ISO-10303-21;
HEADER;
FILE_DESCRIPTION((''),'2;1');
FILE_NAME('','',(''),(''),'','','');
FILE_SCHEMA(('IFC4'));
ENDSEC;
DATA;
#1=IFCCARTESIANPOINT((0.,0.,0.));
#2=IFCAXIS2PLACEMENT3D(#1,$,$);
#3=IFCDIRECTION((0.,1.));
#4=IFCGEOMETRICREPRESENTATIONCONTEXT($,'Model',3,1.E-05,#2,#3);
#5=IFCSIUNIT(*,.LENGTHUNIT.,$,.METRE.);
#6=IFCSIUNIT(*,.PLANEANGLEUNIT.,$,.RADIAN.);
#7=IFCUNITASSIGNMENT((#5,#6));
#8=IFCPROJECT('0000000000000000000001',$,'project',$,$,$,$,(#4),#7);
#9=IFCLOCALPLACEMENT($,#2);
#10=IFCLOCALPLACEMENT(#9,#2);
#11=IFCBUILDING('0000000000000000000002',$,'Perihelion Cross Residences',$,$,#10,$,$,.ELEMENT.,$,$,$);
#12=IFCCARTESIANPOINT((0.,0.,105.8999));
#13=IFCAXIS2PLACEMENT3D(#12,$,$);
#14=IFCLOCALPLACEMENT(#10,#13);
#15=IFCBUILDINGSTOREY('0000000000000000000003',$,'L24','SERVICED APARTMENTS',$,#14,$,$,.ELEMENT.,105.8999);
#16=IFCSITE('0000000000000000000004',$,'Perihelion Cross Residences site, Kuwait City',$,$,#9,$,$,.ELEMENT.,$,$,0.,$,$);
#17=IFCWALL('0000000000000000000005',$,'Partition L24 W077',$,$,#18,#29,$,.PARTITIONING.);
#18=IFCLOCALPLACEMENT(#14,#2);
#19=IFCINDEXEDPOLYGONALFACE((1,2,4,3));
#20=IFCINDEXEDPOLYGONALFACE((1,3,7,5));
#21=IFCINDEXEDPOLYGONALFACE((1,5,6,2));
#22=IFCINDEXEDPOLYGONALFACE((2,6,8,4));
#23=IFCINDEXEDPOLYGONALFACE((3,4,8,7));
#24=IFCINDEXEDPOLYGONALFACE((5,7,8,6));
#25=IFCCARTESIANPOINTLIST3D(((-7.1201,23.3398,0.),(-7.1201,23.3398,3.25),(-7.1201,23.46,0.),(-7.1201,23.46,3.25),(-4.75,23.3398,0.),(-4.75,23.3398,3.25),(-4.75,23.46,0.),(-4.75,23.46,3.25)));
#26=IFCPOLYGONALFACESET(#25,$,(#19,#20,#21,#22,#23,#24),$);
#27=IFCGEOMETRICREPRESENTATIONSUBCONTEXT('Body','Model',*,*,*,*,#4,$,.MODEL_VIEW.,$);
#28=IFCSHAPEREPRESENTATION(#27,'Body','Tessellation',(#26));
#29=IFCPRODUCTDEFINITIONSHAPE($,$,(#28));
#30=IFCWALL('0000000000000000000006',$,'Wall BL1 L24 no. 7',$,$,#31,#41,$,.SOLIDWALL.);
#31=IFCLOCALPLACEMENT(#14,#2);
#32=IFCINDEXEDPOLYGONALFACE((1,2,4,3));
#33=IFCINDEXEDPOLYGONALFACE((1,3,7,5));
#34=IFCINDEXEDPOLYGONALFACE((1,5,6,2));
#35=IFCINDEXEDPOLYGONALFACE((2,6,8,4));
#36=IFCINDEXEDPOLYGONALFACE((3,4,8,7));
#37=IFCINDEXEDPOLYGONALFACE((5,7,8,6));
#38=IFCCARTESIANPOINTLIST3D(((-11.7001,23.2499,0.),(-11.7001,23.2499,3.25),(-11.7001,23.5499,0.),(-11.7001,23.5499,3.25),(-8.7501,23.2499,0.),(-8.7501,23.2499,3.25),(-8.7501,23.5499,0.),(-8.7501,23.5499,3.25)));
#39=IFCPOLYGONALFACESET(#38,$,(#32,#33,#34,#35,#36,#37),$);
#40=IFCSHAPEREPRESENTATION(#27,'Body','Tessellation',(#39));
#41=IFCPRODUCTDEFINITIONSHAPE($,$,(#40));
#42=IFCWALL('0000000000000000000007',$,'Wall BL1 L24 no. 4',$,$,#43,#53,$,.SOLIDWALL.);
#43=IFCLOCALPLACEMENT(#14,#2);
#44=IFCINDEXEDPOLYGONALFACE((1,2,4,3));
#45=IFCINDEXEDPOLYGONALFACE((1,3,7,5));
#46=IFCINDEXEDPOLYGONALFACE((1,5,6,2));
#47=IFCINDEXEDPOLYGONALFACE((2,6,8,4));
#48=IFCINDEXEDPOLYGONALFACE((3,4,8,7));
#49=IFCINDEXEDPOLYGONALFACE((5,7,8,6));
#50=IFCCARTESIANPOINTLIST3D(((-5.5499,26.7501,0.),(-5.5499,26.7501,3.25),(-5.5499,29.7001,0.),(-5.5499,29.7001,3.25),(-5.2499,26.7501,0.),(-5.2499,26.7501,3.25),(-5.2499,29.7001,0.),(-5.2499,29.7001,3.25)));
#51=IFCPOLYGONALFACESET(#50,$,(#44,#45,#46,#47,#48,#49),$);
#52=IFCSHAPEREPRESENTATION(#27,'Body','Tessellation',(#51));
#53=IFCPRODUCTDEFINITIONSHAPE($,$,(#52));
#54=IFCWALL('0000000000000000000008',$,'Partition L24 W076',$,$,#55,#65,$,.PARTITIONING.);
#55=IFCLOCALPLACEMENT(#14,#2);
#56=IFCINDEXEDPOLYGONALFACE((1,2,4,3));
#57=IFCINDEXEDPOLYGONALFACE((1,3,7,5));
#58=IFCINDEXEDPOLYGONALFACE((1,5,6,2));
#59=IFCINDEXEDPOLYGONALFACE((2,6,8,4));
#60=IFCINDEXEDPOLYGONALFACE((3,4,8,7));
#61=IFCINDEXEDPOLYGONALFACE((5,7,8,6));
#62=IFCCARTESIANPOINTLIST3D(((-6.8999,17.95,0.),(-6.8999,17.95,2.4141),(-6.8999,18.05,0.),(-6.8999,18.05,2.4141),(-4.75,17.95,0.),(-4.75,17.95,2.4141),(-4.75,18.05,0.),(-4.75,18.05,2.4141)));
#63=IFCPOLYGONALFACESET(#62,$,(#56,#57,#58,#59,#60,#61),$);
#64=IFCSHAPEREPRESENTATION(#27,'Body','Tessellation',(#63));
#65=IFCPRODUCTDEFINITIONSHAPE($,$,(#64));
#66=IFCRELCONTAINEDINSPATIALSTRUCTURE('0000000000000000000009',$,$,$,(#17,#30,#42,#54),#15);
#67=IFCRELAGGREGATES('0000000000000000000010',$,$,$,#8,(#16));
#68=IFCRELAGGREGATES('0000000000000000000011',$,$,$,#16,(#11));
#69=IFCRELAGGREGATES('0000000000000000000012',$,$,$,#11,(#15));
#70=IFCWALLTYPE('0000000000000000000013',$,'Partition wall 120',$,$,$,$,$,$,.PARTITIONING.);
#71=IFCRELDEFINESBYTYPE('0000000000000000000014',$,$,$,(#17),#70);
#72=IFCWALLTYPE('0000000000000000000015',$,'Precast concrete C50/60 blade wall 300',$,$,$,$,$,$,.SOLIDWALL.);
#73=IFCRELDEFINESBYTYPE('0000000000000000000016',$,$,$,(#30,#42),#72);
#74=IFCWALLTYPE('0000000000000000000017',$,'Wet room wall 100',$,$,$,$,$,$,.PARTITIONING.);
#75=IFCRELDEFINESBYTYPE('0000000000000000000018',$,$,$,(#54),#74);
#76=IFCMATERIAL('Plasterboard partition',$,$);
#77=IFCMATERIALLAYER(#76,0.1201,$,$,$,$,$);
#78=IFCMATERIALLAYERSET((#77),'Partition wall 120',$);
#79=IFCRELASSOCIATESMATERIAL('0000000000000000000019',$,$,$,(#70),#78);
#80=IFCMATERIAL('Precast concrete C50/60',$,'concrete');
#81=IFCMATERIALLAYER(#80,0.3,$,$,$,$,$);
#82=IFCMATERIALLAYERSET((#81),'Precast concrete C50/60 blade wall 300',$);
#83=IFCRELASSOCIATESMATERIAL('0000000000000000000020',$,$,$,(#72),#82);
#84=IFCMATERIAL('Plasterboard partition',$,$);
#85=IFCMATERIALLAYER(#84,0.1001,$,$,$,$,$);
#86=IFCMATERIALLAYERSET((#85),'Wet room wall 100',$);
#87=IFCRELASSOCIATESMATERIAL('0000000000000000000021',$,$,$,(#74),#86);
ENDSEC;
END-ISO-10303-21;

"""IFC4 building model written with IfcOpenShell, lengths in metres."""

from ifc_helpers import new_model, si_unit, direction, frame, frame_2d, origin, place, context, subcontext, project, spatial, rectangle, extrude, material, layer, layer_set, type_object, element, save


model = new_model("IFC4")

# Units and contexts
model_context = context("Model", 3, precision=1e-05, world=origin(), true_north=direction((0.0, 1.0)))
body_context = subcontext(model_context, "Body", "Model", "MODEL_VIEW")
ifc_project = project(units=[si_unit("LENGTHUNIT", "METRE"), si_unit("PLANEANGLEUNIT", "RADIAN")], contexts=[model_context])

# Site, building, storey
site_placement = place(None, origin())
site = spatial("IfcSite", under=ifc_project, at=site_placement, Name="Perihelion Cross Residences site, Kuwait City", CompositionType="ELEMENT", RefElevation=0.0)
building_placement = place(site_placement, origin())
building = spatial("IfcBuilding", under=site, at=building_placement, Name="Perihelion Cross Residences", CompositionType="ELEMENT")
storey_placement = place(building_placement, frame((0.0, 0.0, 105.8999)))
storey = spatial("IfcBuildingStorey", under=building, at=storey_placement, Name="L24", Description="SERVICED APARTMENTS", CompositionType="ELEMENT", Elevation=105.8999)

# Shared definitions
ifc_material_1 = material(Name="Plasterboard partition")
ifc_layer_1 = layer(ifc_material_1, 0.1201)
ifc_layer_set_1 = layer_set([ifc_layer_1], Name="Partition wall 120")
wall_type_1 = type_object("IfcWallType", Name="Partition wall 120", PredefinedType="PARTITIONING", material=ifc_layer_set_1)

# Walls
wall_1_placement = place(storey_placement, frame((-7.1201, 23.3999, 0.0), z_axis=(0.0, 0.0, 1.0), x_axis=(1.0, 0.0, 0.0)))
element("IfcWall", 1, at=wall_1_placement, inside=storey, type_object=wall_type_1, Name="Partition L24 W077", PredefinedType="PARTITIONING", context=body_context, shape_type="SweptSolid", body=[
    extrude(rectangle(XDim=2.3701, YDim=0.1201, at=frame_2d((1.1851, 0.0))), origin(), (0.0, 0.0, 1.0), 3.25),
])
ifc_material_2 = material(Name="Precast concrete C50/60", Category="concrete")
ifc_layer_2 = layer(ifc_material_2, 0.3)
ifc_layer_set_2 = layer_set([ifc_layer_2], Name="Precast concrete C50/60 blade wall 300")
wall_type_2 = type_object("IfcWallType", Name="Precast concrete C50/60 blade wall 300", PredefinedType="SOLIDWALL", material=ifc_layer_set_2)
for number, where, z_axis, x_axis, name in (
    (2, (-8.75, 23.3999, 0.0), (0.0, 0.0, 1.0), (-1.0, 0.0, 0.0), "Wall BL1 L24 no. 7"),
    (3, (-5.3999, 26.75, 0.0), (0.0, 0.0, 1.0), (0.0, 1.0, 0.0), "Wall BL1 L24 no. 4"),
):
    element("IfcWall", number, at=place(storey_placement, frame(where, z_axis=z_axis, x_axis=x_axis)), inside=storey, type_object=wall_type_2, Name=name, PredefinedType="SOLIDWALL", context=body_context, shape_type="SweptSolid", body=[
        extrude(rectangle(XDim=2.95, YDim=0.3, at=frame_2d((1.4751, 0.0))), origin(), (0.0, 0.0, 1.0), 3.25),
    ])
ifc_material_3 = material(Name="Plasterboard partition")
ifc_layer_3 = layer(ifc_material_3, 0.1001)
ifc_layer_set_3 = layer_set([ifc_layer_3], Name="Wet room wall 100")
wall_type_3 = type_object("IfcWallType", Name="Wet room wall 100", PredefinedType="PARTITIONING", material=ifc_layer_set_3)
wall_2_placement = place(storey_placement, frame((-6.8999, 18.0, 0.0), z_axis=(0.0, 0.0, 1.0), x_axis=(1.0, 0.0, 0.0)))
element("IfcWall", 4, at=wall_2_placement, inside=storey, type_object=wall_type_3, Name="Partition L24 W076", PredefinedType="PARTITIONING", context=body_context, shape_type="SweptSolid", body=[
    extrude(rectangle(XDim=2.1499, YDim=0.1001, at=frame_2d((1.075, 0.0))), origin(), (0.0, 0.0, 1.0), 2.4141),
])

save(model, "model.ifc")
